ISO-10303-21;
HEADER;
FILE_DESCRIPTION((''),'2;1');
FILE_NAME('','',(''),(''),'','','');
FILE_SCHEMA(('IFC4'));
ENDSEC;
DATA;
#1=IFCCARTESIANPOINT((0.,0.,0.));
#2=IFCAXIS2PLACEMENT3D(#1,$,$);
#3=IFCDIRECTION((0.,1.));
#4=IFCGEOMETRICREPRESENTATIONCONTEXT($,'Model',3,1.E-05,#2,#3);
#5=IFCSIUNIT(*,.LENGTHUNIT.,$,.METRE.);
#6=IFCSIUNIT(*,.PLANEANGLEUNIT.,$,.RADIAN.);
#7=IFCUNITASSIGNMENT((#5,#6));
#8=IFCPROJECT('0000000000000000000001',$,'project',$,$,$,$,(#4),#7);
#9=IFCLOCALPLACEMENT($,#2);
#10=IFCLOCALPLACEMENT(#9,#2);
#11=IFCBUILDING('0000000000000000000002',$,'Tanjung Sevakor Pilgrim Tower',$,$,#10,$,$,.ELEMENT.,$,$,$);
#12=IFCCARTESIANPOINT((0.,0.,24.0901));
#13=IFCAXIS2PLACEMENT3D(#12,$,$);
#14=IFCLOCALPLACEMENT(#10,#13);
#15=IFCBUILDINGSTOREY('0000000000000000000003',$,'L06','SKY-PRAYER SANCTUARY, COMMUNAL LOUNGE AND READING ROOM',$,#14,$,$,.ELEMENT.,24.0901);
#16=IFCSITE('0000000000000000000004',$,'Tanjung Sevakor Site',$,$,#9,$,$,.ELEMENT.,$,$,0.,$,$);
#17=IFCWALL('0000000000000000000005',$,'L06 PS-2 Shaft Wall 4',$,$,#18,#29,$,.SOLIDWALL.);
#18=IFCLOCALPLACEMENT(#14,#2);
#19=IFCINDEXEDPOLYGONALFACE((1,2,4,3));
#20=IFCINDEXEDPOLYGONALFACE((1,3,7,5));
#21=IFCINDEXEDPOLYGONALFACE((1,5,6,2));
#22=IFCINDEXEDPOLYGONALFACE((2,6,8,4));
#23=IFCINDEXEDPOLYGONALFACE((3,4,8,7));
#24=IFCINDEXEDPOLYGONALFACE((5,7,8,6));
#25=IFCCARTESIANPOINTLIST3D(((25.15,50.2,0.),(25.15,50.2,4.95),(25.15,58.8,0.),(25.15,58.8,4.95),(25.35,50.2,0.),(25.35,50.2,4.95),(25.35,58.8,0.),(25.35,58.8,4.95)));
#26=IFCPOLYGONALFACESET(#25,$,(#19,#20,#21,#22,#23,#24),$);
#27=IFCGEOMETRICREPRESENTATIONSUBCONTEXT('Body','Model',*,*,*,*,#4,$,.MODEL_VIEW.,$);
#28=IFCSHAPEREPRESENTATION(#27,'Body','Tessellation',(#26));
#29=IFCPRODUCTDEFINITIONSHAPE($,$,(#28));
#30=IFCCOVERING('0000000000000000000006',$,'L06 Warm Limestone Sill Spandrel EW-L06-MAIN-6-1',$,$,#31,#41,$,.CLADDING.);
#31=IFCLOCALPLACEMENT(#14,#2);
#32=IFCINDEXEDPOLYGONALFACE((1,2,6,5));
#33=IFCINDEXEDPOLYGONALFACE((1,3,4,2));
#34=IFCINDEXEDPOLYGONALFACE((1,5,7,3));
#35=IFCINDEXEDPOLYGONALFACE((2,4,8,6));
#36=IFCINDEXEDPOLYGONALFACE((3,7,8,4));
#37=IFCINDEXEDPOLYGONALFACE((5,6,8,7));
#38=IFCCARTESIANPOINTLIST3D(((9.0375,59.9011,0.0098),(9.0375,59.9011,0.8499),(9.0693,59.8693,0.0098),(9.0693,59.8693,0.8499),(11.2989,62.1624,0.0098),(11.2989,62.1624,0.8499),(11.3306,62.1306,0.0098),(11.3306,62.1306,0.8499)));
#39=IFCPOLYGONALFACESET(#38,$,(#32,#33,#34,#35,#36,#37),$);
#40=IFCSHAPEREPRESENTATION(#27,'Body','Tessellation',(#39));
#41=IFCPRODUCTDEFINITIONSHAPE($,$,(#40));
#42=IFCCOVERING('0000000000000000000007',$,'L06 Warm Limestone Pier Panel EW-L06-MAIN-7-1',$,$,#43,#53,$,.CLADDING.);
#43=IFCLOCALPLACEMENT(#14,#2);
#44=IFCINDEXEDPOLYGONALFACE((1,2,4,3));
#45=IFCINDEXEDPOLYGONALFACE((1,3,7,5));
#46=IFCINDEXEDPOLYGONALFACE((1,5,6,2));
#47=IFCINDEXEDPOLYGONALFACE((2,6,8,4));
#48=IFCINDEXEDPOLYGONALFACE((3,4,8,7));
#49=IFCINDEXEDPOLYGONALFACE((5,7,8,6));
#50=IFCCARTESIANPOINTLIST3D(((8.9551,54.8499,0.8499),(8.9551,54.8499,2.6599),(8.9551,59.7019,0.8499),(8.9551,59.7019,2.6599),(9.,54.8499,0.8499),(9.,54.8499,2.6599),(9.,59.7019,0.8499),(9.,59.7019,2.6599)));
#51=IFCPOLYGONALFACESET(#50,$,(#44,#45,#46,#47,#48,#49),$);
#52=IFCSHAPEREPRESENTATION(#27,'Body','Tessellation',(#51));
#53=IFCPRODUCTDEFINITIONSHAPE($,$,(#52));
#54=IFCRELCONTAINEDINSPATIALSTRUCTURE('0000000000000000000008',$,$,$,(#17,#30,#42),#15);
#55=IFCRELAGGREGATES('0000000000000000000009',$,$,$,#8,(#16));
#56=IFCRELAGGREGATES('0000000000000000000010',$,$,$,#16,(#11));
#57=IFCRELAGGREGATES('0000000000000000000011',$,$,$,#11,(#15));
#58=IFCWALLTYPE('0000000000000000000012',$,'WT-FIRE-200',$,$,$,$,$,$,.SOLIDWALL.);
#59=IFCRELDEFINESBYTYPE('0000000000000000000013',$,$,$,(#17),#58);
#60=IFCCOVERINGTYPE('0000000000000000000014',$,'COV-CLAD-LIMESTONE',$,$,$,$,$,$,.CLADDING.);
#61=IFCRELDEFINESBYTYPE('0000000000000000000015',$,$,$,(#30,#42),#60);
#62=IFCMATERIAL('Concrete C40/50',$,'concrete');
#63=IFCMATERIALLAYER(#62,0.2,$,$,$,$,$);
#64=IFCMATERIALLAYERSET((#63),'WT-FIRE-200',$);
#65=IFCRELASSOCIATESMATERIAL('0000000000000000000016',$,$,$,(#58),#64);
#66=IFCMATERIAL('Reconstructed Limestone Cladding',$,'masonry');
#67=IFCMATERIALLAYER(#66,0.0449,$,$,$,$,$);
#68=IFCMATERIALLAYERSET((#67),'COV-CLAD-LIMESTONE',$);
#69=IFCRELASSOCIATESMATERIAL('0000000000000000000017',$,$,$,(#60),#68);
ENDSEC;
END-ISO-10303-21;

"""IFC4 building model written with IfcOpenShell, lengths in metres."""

from ifc_helpers import new_model, si_unit, direction, frame, frame_2d, origin, origin_2d, place, context, subcontext, project, spatial, rectangle, extrude, material, layer, layer_set, type_object, element, save


model = new_model("IFC4")

# Units and contexts
model_context = context("Model", 3, precision=1e-05, world=origin(), true_north=direction((0.0, 1.0)))
body_context = subcontext(model_context, "Body", "Model", "MODEL_VIEW")
ifc_project = project(units=[si_unit("LENGTHUNIT", "METRE"), si_unit("PLANEANGLEUNIT", "RADIAN")], contexts=[model_context])

# Site, building, storey
site_placement = place(None, origin())
site = spatial("IfcSite", under=ifc_project, at=site_placement, Name="Tanjung Sevakor Site", CompositionType="ELEMENT", RefElevation=0.0)
building_placement = place(site_placement, origin())
building = spatial("IfcBuilding", under=site, at=building_placement, Name="Tanjung Sevakor Pilgrim Tower", CompositionType="ELEMENT")
storey_placement = place(building_placement, frame((0.0, 0.0, 24.0901)))
storey = spatial("IfcBuildingStorey", under=building, at=storey_placement, Name="L06", Description="SKY-PRAYER SANCTUARY, COMMUNAL LOUNGE AND READING ROOM", CompositionType="ELEMENT", Elevation=24.0901)

# Shared definitions
ifc_material_1 = material(Name="Concrete C40/50", Category="concrete")
ifc_layer_1 = layer(ifc_material_1, 0.2)
ifc_layer_set_1 = layer_set([ifc_layer_1], Name="WT-FIRE-200")
wall_type_1 = type_object("IfcWallType", Name="WT-FIRE-200", PredefinedType="SOLIDWALL", material=ifc_layer_set_1)

# Wall
wall_1_placement = place(storey_placement, frame((25.25, 58.8, 0.0), z_axis=(0.0, 0.0, 1.0), x_axis=(0.0, -1.0, 0.0)))
element("IfcWall", 1, at=wall_1_placement, inside=storey, type_object=wall_type_1, Name="L06 PS-2 Shaft Wall 4", PredefinedType="SOLIDWALL", context=body_context, shape_type="SweptSolid", body=[
    extrude(rectangle(XDim=8.6001, YDim=0.2, at=frame_2d((4.3, 0.0))), origin(), (0.0, 0.0, 1.0), 4.95),
])

# Coverings
ifc_material_2 = material(Name="Reconstructed Limestone Cladding", Category="masonry")
ifc_layer_2 = layer(ifc_material_2, 0.0449)
ifc_layer_set_2 = layer_set([ifc_layer_2], Name="COV-CLAD-LIMESTONE")
covering_type = type_object("IfcCoveringType", Name="COV-CLAD-LIMESTONE", PredefinedType="CLADDING", material=ifc_layer_set_2)
covering_1_placement = place(storey_placement, frame((10.1841, 61.0159, 0.0098), z_axis=(0.0, 0.0, 1.0), x_axis=(-0.707107, -0.707107, 0.0)))
element("IfcCovering", 2, at=covering_1_placement, inside=storey, type_object=covering_type, Name="L06 Warm Limestone Sill Spandrel EW-L06-MAIN-6-1", PredefinedType="CLADDING", context=body_context, shape_type="SweptSolid", body=[
    extrude(rectangle(XDim=3.198, YDim=0.0449, at=origin_2d()), origin(), (0.0, 0.0, 1.0), 0.8401),
])
covering_2_placement = place(storey_placement, frame((8.9775, 57.2759, 0.8499), z_axis=(0.0, 0.0, 1.0), x_axis=(0.0, -1.0, 0.0)))
element("IfcCovering", 3, at=covering_2_placement, inside=storey, type_object=covering_type, Name="L06 Warm Limestone Pier Panel EW-L06-MAIN-7-1", PredefinedType="CLADDING", context=body_context, shape_type="SweptSolid", body=[
    extrude(rectangle(XDim=4.8521, YDim=0.0449, at=origin_2d()), origin(), (0.0, 0.0, 1.0), 1.8101),
])

save(model, "model.ifc")
